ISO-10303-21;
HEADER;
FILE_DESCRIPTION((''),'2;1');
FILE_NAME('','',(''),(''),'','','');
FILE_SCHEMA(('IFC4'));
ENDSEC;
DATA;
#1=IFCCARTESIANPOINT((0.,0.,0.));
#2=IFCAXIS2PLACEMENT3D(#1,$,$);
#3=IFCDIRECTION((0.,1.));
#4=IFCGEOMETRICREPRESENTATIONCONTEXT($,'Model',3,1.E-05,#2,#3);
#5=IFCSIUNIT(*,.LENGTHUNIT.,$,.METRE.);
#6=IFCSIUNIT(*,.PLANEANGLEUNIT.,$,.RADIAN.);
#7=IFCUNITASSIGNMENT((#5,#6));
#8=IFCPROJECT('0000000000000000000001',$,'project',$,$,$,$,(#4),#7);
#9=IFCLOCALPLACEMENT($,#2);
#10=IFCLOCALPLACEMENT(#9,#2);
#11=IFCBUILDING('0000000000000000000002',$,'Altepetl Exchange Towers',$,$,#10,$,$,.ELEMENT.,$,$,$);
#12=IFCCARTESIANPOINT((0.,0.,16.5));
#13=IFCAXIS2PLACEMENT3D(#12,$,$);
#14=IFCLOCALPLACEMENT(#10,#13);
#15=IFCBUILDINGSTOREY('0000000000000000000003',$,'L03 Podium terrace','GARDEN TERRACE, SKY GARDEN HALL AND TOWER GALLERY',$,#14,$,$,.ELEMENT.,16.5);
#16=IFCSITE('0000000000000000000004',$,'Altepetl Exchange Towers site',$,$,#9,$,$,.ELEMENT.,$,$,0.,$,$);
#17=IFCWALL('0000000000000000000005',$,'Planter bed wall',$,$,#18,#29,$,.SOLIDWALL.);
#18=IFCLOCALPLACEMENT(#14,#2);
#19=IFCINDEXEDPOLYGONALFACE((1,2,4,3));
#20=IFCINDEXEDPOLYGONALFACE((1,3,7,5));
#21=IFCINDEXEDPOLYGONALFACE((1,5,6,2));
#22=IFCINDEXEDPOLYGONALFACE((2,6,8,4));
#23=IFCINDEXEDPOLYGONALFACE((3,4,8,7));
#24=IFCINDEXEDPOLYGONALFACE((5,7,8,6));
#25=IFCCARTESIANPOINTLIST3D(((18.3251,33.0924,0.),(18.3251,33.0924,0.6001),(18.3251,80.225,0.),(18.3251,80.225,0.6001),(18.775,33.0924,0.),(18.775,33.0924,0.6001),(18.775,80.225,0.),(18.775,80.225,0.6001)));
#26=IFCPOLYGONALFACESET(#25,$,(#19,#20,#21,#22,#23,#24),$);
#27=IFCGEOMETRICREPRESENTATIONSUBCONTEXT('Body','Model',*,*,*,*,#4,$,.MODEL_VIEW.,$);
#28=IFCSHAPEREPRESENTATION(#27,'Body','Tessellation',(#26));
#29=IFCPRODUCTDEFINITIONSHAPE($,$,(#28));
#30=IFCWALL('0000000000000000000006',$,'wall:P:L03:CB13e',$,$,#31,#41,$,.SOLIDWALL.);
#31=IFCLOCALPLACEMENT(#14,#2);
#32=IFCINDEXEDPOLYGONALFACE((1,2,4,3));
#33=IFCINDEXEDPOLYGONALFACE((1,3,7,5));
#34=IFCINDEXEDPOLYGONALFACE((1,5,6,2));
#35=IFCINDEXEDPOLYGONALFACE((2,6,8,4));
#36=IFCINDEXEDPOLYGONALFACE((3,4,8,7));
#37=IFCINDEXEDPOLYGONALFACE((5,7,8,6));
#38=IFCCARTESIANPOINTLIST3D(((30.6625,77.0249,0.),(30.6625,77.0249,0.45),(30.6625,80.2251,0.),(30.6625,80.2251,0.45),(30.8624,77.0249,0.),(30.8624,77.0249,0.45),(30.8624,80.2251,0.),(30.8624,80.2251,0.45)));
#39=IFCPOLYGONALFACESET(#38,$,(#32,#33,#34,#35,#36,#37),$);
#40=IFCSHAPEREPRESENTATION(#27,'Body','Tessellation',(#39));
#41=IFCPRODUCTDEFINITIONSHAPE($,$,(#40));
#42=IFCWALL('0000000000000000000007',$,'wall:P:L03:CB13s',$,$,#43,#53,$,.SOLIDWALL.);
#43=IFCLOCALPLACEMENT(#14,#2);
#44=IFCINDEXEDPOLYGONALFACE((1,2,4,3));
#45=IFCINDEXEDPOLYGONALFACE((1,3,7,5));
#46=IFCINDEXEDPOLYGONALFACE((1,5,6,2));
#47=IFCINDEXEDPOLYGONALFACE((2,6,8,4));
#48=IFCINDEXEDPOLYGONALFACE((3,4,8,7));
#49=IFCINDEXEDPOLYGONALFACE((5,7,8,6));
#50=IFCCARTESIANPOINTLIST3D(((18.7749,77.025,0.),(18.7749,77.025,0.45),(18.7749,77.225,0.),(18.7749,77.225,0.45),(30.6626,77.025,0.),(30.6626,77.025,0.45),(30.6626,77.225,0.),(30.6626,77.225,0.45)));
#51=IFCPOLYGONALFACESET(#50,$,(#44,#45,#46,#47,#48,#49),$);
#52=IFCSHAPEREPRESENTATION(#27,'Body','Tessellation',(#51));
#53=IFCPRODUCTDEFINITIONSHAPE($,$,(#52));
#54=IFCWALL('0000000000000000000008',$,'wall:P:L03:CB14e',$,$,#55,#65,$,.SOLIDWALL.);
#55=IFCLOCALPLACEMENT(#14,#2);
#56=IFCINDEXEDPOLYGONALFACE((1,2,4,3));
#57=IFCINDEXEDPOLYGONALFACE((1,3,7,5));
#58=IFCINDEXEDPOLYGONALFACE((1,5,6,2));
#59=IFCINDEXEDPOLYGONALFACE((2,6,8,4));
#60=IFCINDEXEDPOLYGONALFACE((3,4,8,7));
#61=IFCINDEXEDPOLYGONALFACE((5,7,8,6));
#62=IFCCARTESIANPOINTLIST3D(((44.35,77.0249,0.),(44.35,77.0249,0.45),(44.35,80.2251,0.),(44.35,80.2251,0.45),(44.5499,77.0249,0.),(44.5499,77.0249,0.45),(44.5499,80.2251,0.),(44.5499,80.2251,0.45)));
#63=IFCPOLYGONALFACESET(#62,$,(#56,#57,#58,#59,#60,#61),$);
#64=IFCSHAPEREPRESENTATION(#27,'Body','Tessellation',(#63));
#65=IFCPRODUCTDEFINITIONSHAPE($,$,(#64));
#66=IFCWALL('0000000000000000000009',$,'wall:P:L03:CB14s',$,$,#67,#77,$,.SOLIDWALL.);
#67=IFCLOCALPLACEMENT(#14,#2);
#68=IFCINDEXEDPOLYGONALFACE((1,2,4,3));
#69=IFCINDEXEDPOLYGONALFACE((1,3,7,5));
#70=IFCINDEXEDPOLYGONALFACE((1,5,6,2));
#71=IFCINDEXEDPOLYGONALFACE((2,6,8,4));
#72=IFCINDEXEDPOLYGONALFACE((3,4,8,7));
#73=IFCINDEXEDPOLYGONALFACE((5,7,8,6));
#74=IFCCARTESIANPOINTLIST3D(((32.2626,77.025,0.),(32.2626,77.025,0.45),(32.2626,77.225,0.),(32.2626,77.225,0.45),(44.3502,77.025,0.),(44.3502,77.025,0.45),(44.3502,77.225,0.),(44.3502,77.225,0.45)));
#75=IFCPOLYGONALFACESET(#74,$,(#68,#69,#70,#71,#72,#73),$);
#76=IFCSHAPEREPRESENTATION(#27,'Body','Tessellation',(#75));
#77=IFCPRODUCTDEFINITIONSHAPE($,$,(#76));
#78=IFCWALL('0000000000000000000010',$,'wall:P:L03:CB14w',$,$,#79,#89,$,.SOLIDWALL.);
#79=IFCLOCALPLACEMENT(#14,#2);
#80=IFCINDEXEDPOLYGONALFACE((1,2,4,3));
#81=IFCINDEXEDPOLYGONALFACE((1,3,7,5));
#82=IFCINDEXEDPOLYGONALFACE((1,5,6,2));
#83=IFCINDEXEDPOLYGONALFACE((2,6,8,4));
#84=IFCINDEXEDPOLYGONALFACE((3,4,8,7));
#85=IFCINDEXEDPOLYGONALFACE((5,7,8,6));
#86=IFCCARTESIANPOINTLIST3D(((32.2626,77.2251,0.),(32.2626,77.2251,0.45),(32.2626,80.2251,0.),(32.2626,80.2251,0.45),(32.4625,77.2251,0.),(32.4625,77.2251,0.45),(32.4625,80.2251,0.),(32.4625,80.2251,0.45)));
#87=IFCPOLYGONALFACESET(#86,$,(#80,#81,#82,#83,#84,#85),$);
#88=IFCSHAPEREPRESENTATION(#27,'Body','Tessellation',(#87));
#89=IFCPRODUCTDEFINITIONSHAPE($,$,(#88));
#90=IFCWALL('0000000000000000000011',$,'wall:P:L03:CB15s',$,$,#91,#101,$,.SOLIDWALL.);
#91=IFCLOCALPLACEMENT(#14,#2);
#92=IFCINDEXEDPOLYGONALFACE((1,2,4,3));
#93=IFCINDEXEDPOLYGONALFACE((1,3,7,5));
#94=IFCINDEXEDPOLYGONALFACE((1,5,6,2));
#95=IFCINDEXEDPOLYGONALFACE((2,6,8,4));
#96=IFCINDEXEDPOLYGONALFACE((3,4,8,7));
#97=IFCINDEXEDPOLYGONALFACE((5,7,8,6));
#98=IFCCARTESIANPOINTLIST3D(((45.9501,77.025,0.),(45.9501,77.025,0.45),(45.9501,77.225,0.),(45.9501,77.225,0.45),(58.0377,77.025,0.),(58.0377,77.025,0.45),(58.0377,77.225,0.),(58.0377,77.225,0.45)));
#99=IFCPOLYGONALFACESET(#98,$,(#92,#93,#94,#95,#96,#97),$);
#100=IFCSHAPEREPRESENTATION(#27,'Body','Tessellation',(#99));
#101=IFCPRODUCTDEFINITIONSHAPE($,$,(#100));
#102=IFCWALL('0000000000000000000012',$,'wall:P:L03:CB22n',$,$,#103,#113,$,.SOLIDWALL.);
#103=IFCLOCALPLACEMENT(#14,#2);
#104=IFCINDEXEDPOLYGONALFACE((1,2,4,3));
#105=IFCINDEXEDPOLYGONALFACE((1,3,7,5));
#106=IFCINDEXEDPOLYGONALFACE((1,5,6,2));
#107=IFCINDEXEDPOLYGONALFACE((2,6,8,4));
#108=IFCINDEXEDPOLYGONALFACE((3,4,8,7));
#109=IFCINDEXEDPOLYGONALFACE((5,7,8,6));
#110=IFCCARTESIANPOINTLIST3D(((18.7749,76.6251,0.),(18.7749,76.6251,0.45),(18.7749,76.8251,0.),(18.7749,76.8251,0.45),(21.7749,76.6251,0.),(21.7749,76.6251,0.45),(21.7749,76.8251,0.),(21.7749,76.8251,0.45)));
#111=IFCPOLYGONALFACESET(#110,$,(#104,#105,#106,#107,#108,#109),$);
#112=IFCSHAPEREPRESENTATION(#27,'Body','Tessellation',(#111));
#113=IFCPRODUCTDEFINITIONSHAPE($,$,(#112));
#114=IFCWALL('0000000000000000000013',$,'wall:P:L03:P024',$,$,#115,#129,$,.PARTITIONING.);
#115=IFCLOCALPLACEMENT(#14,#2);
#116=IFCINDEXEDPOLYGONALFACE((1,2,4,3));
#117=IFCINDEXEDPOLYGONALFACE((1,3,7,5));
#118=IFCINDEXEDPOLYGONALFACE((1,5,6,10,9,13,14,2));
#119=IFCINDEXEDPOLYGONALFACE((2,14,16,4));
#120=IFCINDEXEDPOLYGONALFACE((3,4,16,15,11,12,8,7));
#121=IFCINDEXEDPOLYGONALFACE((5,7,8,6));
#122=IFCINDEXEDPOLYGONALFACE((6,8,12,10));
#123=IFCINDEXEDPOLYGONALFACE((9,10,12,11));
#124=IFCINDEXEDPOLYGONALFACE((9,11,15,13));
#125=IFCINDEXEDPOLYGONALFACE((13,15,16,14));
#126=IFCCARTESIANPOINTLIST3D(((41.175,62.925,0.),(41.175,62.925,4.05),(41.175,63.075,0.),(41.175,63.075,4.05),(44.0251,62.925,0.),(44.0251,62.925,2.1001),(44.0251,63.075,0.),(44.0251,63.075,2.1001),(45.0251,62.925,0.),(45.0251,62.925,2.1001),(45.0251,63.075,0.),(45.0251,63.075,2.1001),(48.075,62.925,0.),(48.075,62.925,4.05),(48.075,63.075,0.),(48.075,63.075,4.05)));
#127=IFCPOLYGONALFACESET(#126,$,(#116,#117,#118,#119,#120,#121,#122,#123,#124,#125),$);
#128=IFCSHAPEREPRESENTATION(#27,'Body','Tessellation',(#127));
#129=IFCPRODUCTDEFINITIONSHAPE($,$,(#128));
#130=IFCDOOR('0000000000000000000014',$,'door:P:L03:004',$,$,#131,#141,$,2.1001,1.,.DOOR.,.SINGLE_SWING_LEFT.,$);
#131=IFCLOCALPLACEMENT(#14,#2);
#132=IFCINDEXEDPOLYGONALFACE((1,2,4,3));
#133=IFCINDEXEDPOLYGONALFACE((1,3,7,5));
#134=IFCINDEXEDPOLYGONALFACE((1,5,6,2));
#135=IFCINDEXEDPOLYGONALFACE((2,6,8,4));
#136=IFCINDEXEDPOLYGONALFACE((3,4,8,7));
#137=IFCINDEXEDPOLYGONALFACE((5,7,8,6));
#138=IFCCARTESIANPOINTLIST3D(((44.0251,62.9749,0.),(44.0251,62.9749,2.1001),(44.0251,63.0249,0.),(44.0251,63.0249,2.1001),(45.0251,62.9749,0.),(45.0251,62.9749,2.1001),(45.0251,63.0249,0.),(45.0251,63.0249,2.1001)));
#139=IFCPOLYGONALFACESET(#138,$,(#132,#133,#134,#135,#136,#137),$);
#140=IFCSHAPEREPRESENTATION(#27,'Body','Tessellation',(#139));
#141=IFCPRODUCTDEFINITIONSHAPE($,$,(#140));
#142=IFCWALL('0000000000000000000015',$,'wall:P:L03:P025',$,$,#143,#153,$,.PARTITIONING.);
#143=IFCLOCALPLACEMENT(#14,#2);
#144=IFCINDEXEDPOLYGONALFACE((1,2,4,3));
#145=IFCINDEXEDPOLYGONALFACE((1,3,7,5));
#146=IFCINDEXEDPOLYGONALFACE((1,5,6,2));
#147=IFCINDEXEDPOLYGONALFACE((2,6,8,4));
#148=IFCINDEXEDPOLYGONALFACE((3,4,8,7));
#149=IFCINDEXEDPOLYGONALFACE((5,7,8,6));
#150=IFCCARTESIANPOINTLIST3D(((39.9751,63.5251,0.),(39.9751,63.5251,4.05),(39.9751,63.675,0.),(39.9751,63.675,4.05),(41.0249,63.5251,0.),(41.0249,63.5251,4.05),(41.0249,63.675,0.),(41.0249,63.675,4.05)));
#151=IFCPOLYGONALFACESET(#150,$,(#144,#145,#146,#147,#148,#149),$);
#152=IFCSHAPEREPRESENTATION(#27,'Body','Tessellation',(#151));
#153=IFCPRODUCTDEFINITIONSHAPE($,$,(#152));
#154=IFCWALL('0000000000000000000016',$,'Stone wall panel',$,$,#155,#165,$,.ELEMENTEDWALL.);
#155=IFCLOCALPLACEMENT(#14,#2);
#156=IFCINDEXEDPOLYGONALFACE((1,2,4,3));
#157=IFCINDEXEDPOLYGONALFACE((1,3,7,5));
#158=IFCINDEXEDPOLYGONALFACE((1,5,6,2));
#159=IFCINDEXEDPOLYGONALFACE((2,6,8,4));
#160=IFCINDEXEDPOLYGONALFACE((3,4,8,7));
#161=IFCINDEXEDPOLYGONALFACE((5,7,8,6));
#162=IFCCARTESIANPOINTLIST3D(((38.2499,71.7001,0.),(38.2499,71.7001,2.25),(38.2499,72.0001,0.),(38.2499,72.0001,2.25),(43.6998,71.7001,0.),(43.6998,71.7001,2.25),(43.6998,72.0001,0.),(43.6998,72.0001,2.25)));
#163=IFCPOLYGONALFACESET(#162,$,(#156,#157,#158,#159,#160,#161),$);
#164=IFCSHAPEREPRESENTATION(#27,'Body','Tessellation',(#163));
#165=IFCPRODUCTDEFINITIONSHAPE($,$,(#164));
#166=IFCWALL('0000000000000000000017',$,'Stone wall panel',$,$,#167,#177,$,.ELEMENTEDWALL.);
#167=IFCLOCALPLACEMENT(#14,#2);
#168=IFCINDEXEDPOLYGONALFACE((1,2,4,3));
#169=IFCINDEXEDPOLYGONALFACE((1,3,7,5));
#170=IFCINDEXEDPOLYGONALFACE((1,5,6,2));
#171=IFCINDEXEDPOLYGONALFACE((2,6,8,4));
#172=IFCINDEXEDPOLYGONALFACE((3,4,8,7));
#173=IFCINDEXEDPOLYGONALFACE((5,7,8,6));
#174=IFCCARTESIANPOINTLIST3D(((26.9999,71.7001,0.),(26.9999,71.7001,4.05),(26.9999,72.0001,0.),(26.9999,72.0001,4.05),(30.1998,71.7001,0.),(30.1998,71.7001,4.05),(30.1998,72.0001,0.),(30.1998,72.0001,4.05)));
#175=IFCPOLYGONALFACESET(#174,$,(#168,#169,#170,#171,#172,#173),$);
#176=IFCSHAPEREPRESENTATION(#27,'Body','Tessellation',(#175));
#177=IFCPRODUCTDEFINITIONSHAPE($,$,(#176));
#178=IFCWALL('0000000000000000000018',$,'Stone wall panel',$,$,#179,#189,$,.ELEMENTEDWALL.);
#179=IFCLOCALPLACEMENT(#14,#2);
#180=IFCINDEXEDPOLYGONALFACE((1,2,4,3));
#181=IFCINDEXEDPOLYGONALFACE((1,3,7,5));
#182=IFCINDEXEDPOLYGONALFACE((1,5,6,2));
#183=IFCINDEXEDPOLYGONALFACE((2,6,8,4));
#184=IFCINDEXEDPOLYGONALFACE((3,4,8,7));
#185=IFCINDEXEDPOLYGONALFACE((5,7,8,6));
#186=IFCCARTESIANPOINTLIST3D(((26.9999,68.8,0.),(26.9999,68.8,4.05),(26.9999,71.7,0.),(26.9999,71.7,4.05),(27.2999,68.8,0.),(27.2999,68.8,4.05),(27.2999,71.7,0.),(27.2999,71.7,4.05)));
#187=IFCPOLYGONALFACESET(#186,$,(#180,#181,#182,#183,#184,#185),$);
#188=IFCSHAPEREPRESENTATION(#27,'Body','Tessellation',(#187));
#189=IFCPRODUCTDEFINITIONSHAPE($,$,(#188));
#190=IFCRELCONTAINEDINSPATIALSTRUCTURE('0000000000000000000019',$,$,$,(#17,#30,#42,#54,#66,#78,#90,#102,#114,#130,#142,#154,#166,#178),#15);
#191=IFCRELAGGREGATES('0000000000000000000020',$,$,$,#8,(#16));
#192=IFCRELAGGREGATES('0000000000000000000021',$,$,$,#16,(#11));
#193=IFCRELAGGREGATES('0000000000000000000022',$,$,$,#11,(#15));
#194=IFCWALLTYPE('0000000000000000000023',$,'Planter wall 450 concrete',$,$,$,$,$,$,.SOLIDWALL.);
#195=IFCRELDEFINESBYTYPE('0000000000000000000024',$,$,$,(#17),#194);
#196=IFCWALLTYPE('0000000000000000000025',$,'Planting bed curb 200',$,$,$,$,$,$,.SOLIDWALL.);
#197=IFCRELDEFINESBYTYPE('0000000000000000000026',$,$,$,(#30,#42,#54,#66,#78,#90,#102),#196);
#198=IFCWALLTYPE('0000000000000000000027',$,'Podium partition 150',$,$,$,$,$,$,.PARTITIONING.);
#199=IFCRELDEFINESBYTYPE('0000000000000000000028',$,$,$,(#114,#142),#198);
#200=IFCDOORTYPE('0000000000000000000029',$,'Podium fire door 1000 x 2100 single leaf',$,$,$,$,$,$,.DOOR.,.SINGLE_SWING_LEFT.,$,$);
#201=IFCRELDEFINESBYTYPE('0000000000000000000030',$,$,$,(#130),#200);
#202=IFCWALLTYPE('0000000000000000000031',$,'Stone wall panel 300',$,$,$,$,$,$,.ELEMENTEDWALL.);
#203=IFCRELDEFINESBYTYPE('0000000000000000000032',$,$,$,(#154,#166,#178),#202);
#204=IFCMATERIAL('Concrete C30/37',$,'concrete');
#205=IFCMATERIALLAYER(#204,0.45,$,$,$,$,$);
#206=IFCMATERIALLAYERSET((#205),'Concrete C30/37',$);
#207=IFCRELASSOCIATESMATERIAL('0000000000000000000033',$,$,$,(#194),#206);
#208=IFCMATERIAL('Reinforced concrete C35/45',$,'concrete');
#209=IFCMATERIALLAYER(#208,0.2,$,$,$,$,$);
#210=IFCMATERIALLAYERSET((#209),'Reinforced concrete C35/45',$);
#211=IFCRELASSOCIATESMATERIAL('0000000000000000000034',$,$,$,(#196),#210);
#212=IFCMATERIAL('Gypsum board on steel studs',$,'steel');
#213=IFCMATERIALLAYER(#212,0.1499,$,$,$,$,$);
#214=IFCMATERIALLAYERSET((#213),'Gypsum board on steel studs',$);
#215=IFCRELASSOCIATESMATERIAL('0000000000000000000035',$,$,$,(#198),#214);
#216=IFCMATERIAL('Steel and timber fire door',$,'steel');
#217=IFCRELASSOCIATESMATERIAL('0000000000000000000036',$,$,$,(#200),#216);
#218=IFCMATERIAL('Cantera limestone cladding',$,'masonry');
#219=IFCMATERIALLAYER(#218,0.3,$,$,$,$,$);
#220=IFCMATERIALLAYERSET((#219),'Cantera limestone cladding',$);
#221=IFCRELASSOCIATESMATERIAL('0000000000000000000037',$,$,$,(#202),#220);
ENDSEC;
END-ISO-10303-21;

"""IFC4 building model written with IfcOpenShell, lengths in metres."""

from ifc_helpers import new_model, si_unit, direction, frame, frame_2d, origin, place, context, subcontext, project, spatial, rectangle, extrude, material, layer, layer_set, type_object, element, fill, save


model = new_model("IFC4")

# Units and contexts
model_context = context("Model", 3, precision=1e-05, world=origin(), true_north=direction((0.0, 1.0)))
body_context = subcontext(model_context, "Body", "Model", "MODEL_VIEW")
ifc_project = project(units=[si_unit("LENGTHUNIT", "METRE"), si_unit("PLANEANGLEUNIT", "RADIAN")], contexts=[model_context])

# Site, building, storey
site_placement = place(None, origin())
site = spatial("IfcSite", under=ifc_project, at=site_placement, Name="Altepetl Exchange Towers site", CompositionType="ELEMENT", RefElevation=0.0)
building_placement = place(site_placement, origin())
building = spatial("IfcBuilding", under=site, at=building_placement, Name="Altepetl Exchange Towers", CompositionType="ELEMENT")
storey_placement = place(building_placement, frame((0.0, 0.0, 16.5)))
storey = spatial("IfcBuildingStorey", under=building, at=storey_placement, Name="L03 Podium terrace", Description="GARDEN TERRACE, SKY GARDEN HALL AND TOWER GALLERY", CompositionType="ELEMENT", Elevation=16.5)

# Walls
ifc_material_1 = material(Name="Concrete C30/37", Category="concrete")
ifc_layer_1 = layer(ifc_material_1, 0.45)
ifc_layer_set_1 = layer_set([ifc_layer_1], Name="Concrete C30/37")
wall_type_1 = type_object("IfcWallType", Name="Planter wall 450 concrete", PredefinedType="SOLIDWALL", material=ifc_layer_set_1)
wall_1_placement = place(storey_placement, frame((18.55, 80.2251, 0.0), z_axis=(0.0, 0.0, 1.0), x_axis=(0.0, -1.0, 0.0)))
element("IfcWall", 1, at=wall_1_placement, inside=storey, type_object=wall_type_1, Name="Planter bed wall", PredefinedType="SOLIDWALL", context=body_context, shape_type="SweptSolid", body=[
    extrude(rectangle(XDim=47.1326, YDim=0.45, at=frame_2d((23.5664, 0.0))), origin(), (0.0, 0.0, 1.0), 0.6001),
])
ifc_material_2 = material(Name="Reinforced concrete C35/45", Category="concrete")
ifc_layer_2 = layer(ifc_material_2, 0.2)
ifc_layer_set_2 = layer_set([ifc_layer_2], Name="Reinforced concrete C35/45")
wall_type_2 = type_object("IfcWallType", Name="Planting bed curb 200", PredefinedType="SOLIDWALL", material=ifc_layer_set_2)
wall_2_placement = place(storey_placement, frame((30.7625, 77.0249, 0.0), z_axis=(0.0, 0.0, 1.0), x_axis=(0.0, 1.0, 0.0)))
element("IfcWall", 2, at=wall_2_placement, inside=storey, type_object=wall_type_2, Name="wall:P:L03:CB13e", PredefinedType="SOLIDWALL", context=body_context, shape_type="SweptSolid", body=[
    extrude(rectangle(XDim=3.2002, YDim=0.2, at=frame_2d((1.6001, 0.0))), origin(), (0.0, 0.0, 1.0), 0.45),
])
wall_3_placement = place(storey_placement, frame((18.7749, 77.125, 0.0)))
element("IfcWall", 3, at=wall_3_placement, inside=storey, type_object=wall_type_2, Name="wall:P:L03:CB13s", PredefinedType="SOLIDWALL", context=body_context, shape_type="SweptSolid", body=[
    extrude(rectangle(XDim=11.8877, YDim=0.2, at=frame_2d((5.9438, 0.0))), origin(), (0.0, 0.0, 1.0), 0.45),
])
wall_4_placement = place(storey_placement, frame((44.45, 77.0249, 0.0), z_axis=(0.0, 0.0, 1.0), x_axis=(0.0, 1.0, 0.0)))
element("IfcWall", 4, at=wall_4_placement, inside=storey, type_object=wall_type_2, Name="wall:P:L03:CB14e", PredefinedType="SOLIDWALL", context=body_context, shape_type="SweptSolid", body=[
    extrude(rectangle(XDim=3.2002, YDim=0.2, at=frame_2d((1.6001, 0.0))), origin(), (0.0, 0.0, 1.0), 0.45),
])
wall_5_placement = place(storey_placement, frame((32.2625, 77.125, 0.0)))
element("IfcWall", 5, at=wall_5_placement, inside=storey, type_object=wall_type_2, Name="wall:P:L03:CB14s", PredefinedType="SOLIDWALL", context=body_context, shape_type="SweptSolid", body=[
    extrude(rectangle(XDim=12.0876, YDim=0.2, at=frame_2d((6.0439, 0.0))), origin(), (0.0, 0.0, 1.0), 0.45),
])
wall_6_placement = place(storey_placement, frame((32.3625, 77.2251, 0.0), z_axis=(0.0, 0.0, 1.0), x_axis=(0.0, 1.0, 0.0)))
element("IfcWall", 6, at=wall_6_placement, inside=storey, type_object=wall_type_2, Name="wall:P:L03:CB14w", PredefinedType="SOLIDWALL", context=body_context, shape_type="SweptSolid", body=[
    extrude(rectangle(XDim=3.0, YDim=0.2, at=frame_2d((1.5, 0.0))), origin(), (0.0, 0.0, 1.0), 0.45),
])
wall_7_placement = place(storey_placement, frame((45.95, 77.125, 0.0)))
element("IfcWall", 7, at=wall_7_placement, inside=storey, type_object=wall_type_2, Name="wall:P:L03:CB15s", PredefinedType="SOLIDWALL", context=body_context, shape_type="SweptSolid", body=[
    extrude(rectangle(XDim=12.0876, YDim=0.2, at=frame_2d((6.0439, 0.0))), origin(), (0.0, 0.0, 1.0), 0.45),
])
wall_8_placement = place(storey_placement, frame((18.7749, 76.7251, 0.0)))
element("IfcWall", 8, at=wall_8_placement, inside=storey, type_object=wall_type_2, Name="wall:P:L03:CB22n", PredefinedType="SOLIDWALL", context=body_context, shape_type="SweptSolid", body=[
    extrude(rectangle(XDim=3.0, YDim=0.2, at=frame_2d((1.5, 0.0))), origin(), (0.0, 0.0, 1.0), 0.45),
])

# Wall, opening, door
ifc_material_3 = material(Name="Gypsum board on steel studs", Category="steel")
ifc_layer_3 = layer(ifc_material_3, 0.1499)
ifc_layer_set_3 = layer_set([ifc_layer_3], Name="Gypsum board on steel studs")
wall_type_3 = type_object("IfcWallType", Name="Podium partition 150", PredefinedType="PARTITIONING", material=ifc_layer_set_3)
wall_9_placement = place(storey_placement, frame((41.175, 63.0, 0.0)))
wall_9 = element("IfcWall", 9, at=wall_9_placement, inside=storey, type_object=wall_type_3, Name="wall:P:L03:P024", PredefinedType="PARTITIONING", context=body_context, shape_type="SweptSolid", body=[
    extrude(rectangle(XDim=6.8999, YDim=0.1499, at=frame_2d((3.45, 0.0))), origin(), (0.0, 0.0, 1.0), 4.05),
])
opening_1_placement = place(wall_9_placement, frame((2.8501, 0.0, 0.0)))
opening_1 = element("IfcOpeningElement", 10, at=opening_1_placement, cuts=wall_9, PredefinedType="OPENING", context=body_context, shape_type="SweptSolid", body=[
    extrude(rectangle(XDim=1.0, YDim=2.1001, at=frame_2d((0.5, 1.05))), frame((0.0, 0.085, 0.0), z_axis=(0.0, -1.0, 0.0), x_axis=(1.0, 0.0, 0.0)), (0.0, 0.0, 1.0), 0.1699),
])
ifc_material_4 = material(Name="Steel and timber fire door", Category="steel")
door_type_1 = type_object("IfcDoorType", Name="Podium fire door 1000 x 2100 single leaf", OperationType="SINGLE_SWING_LEFT", PredefinedType="DOOR", material=ifc_material_4)
door_1_placement = place(opening_1_placement, origin())
door_1 = element("IfcDoor", 11, at=door_1_placement, inside=storey, type_object=door_type_1, Name="door:P:L03:004", OperationType="SINGLE_SWING_LEFT", OverallHeight=2.1001, OverallWidth=1.0, PredefinedType="DOOR", context=body_context, shape_type="SweptSolid", body=[
    extrude(rectangle(XDim=1.0, YDim=2.1001, at=frame_2d((0.5, 1.05))), frame((0.0, 0.0249, 0.0), z_axis=(0.0, -1.0, 0.0), x_axis=(1.0, 0.0, 0.0)), (0.0, 0.0, 1.0), 0.05),
])
fill(opening_1, door_1)

# Walls
wall_10_placement = place(storey_placement, frame((39.9751, 63.6001, 0.0)))
element("IfcWall", 12, at=wall_10_placement, inside=storey, type_object=wall_type_3, Name="wall:P:L03:P025", PredefinedType="PARTITIONING", context=body_context, shape_type="SweptSolid", body=[
    extrude(rectangle(XDim=1.0498, YDim=0.1499, at=frame_2d((0.5249, 0.0))), origin(), (0.0, 0.0, 1.0), 4.05),
])
ifc_material_5 = material(Name="Cantera limestone cladding", Category="masonry")
ifc_layer_4 = layer(ifc_material_5, 0.3)
ifc_layer_set_4 = layer_set([ifc_layer_4], Name="Cantera limestone cladding")
wall_type_4 = type_object("IfcWallType", Name="Stone wall panel 300", PredefinedType="ELEMENTEDWALL", material=ifc_layer_set_4)
wall_11_placement = place(storey_placement, frame((43.7, 71.8501, 0.0), z_axis=(0.0, 0.0, 1.0), x_axis=(-1.0, 0.0, 0.0)))
element("IfcWall", 13, at=wall_11_placement, inside=storey, type_object=wall_type_4, Name="Stone wall panel", PredefinedType="ELEMENTEDWALL", context=body_context, shape_type="SweptSolid", body=[
    extrude(rectangle(XDim=5.45, YDim=0.3, at=frame_2d((2.7251, 0.0))), origin(), (0.0, 0.0, 1.0), 2.25),
])
wall_12_placement = place(storey_placement, frame((30.2, 71.8501, 0.0), z_axis=(0.0, 0.0, 1.0), x_axis=(-1.0, 0.0, 0.0)))
element("IfcWall", 14, at=wall_12_placement, inside=storey, type_object=wall_type_4, Name="Stone wall panel", PredefinedType="ELEMENTEDWALL", context=body_context, shape_type="SweptSolid", body=[
    extrude(rectangle(XDim=3.2, YDim=0.3, at=frame_2d((1.6001, 0.0))), origin(), (0.0, 0.0, 1.0), 4.05),
])
wall_13_placement = place(storey_placement, frame((27.1499, 71.7, 0.0), z_axis=(0.0, 0.0, 1.0), x_axis=(0.0, -1.0, 0.0)))
element("IfcWall", 15, at=wall_13_placement, inside=storey, type_object=wall_type_4, Name="Stone wall panel", PredefinedType="ELEMENTEDWALL", context=body_context, shape_type="SweptSolid", body=[
    extrude(rectangle(XDim=2.8999, YDim=0.3, at=frame_2d((1.45, 0.0))), origin(), (0.0, 0.0, 1.0), 4.05),
])

save(model, "model.ifc")
